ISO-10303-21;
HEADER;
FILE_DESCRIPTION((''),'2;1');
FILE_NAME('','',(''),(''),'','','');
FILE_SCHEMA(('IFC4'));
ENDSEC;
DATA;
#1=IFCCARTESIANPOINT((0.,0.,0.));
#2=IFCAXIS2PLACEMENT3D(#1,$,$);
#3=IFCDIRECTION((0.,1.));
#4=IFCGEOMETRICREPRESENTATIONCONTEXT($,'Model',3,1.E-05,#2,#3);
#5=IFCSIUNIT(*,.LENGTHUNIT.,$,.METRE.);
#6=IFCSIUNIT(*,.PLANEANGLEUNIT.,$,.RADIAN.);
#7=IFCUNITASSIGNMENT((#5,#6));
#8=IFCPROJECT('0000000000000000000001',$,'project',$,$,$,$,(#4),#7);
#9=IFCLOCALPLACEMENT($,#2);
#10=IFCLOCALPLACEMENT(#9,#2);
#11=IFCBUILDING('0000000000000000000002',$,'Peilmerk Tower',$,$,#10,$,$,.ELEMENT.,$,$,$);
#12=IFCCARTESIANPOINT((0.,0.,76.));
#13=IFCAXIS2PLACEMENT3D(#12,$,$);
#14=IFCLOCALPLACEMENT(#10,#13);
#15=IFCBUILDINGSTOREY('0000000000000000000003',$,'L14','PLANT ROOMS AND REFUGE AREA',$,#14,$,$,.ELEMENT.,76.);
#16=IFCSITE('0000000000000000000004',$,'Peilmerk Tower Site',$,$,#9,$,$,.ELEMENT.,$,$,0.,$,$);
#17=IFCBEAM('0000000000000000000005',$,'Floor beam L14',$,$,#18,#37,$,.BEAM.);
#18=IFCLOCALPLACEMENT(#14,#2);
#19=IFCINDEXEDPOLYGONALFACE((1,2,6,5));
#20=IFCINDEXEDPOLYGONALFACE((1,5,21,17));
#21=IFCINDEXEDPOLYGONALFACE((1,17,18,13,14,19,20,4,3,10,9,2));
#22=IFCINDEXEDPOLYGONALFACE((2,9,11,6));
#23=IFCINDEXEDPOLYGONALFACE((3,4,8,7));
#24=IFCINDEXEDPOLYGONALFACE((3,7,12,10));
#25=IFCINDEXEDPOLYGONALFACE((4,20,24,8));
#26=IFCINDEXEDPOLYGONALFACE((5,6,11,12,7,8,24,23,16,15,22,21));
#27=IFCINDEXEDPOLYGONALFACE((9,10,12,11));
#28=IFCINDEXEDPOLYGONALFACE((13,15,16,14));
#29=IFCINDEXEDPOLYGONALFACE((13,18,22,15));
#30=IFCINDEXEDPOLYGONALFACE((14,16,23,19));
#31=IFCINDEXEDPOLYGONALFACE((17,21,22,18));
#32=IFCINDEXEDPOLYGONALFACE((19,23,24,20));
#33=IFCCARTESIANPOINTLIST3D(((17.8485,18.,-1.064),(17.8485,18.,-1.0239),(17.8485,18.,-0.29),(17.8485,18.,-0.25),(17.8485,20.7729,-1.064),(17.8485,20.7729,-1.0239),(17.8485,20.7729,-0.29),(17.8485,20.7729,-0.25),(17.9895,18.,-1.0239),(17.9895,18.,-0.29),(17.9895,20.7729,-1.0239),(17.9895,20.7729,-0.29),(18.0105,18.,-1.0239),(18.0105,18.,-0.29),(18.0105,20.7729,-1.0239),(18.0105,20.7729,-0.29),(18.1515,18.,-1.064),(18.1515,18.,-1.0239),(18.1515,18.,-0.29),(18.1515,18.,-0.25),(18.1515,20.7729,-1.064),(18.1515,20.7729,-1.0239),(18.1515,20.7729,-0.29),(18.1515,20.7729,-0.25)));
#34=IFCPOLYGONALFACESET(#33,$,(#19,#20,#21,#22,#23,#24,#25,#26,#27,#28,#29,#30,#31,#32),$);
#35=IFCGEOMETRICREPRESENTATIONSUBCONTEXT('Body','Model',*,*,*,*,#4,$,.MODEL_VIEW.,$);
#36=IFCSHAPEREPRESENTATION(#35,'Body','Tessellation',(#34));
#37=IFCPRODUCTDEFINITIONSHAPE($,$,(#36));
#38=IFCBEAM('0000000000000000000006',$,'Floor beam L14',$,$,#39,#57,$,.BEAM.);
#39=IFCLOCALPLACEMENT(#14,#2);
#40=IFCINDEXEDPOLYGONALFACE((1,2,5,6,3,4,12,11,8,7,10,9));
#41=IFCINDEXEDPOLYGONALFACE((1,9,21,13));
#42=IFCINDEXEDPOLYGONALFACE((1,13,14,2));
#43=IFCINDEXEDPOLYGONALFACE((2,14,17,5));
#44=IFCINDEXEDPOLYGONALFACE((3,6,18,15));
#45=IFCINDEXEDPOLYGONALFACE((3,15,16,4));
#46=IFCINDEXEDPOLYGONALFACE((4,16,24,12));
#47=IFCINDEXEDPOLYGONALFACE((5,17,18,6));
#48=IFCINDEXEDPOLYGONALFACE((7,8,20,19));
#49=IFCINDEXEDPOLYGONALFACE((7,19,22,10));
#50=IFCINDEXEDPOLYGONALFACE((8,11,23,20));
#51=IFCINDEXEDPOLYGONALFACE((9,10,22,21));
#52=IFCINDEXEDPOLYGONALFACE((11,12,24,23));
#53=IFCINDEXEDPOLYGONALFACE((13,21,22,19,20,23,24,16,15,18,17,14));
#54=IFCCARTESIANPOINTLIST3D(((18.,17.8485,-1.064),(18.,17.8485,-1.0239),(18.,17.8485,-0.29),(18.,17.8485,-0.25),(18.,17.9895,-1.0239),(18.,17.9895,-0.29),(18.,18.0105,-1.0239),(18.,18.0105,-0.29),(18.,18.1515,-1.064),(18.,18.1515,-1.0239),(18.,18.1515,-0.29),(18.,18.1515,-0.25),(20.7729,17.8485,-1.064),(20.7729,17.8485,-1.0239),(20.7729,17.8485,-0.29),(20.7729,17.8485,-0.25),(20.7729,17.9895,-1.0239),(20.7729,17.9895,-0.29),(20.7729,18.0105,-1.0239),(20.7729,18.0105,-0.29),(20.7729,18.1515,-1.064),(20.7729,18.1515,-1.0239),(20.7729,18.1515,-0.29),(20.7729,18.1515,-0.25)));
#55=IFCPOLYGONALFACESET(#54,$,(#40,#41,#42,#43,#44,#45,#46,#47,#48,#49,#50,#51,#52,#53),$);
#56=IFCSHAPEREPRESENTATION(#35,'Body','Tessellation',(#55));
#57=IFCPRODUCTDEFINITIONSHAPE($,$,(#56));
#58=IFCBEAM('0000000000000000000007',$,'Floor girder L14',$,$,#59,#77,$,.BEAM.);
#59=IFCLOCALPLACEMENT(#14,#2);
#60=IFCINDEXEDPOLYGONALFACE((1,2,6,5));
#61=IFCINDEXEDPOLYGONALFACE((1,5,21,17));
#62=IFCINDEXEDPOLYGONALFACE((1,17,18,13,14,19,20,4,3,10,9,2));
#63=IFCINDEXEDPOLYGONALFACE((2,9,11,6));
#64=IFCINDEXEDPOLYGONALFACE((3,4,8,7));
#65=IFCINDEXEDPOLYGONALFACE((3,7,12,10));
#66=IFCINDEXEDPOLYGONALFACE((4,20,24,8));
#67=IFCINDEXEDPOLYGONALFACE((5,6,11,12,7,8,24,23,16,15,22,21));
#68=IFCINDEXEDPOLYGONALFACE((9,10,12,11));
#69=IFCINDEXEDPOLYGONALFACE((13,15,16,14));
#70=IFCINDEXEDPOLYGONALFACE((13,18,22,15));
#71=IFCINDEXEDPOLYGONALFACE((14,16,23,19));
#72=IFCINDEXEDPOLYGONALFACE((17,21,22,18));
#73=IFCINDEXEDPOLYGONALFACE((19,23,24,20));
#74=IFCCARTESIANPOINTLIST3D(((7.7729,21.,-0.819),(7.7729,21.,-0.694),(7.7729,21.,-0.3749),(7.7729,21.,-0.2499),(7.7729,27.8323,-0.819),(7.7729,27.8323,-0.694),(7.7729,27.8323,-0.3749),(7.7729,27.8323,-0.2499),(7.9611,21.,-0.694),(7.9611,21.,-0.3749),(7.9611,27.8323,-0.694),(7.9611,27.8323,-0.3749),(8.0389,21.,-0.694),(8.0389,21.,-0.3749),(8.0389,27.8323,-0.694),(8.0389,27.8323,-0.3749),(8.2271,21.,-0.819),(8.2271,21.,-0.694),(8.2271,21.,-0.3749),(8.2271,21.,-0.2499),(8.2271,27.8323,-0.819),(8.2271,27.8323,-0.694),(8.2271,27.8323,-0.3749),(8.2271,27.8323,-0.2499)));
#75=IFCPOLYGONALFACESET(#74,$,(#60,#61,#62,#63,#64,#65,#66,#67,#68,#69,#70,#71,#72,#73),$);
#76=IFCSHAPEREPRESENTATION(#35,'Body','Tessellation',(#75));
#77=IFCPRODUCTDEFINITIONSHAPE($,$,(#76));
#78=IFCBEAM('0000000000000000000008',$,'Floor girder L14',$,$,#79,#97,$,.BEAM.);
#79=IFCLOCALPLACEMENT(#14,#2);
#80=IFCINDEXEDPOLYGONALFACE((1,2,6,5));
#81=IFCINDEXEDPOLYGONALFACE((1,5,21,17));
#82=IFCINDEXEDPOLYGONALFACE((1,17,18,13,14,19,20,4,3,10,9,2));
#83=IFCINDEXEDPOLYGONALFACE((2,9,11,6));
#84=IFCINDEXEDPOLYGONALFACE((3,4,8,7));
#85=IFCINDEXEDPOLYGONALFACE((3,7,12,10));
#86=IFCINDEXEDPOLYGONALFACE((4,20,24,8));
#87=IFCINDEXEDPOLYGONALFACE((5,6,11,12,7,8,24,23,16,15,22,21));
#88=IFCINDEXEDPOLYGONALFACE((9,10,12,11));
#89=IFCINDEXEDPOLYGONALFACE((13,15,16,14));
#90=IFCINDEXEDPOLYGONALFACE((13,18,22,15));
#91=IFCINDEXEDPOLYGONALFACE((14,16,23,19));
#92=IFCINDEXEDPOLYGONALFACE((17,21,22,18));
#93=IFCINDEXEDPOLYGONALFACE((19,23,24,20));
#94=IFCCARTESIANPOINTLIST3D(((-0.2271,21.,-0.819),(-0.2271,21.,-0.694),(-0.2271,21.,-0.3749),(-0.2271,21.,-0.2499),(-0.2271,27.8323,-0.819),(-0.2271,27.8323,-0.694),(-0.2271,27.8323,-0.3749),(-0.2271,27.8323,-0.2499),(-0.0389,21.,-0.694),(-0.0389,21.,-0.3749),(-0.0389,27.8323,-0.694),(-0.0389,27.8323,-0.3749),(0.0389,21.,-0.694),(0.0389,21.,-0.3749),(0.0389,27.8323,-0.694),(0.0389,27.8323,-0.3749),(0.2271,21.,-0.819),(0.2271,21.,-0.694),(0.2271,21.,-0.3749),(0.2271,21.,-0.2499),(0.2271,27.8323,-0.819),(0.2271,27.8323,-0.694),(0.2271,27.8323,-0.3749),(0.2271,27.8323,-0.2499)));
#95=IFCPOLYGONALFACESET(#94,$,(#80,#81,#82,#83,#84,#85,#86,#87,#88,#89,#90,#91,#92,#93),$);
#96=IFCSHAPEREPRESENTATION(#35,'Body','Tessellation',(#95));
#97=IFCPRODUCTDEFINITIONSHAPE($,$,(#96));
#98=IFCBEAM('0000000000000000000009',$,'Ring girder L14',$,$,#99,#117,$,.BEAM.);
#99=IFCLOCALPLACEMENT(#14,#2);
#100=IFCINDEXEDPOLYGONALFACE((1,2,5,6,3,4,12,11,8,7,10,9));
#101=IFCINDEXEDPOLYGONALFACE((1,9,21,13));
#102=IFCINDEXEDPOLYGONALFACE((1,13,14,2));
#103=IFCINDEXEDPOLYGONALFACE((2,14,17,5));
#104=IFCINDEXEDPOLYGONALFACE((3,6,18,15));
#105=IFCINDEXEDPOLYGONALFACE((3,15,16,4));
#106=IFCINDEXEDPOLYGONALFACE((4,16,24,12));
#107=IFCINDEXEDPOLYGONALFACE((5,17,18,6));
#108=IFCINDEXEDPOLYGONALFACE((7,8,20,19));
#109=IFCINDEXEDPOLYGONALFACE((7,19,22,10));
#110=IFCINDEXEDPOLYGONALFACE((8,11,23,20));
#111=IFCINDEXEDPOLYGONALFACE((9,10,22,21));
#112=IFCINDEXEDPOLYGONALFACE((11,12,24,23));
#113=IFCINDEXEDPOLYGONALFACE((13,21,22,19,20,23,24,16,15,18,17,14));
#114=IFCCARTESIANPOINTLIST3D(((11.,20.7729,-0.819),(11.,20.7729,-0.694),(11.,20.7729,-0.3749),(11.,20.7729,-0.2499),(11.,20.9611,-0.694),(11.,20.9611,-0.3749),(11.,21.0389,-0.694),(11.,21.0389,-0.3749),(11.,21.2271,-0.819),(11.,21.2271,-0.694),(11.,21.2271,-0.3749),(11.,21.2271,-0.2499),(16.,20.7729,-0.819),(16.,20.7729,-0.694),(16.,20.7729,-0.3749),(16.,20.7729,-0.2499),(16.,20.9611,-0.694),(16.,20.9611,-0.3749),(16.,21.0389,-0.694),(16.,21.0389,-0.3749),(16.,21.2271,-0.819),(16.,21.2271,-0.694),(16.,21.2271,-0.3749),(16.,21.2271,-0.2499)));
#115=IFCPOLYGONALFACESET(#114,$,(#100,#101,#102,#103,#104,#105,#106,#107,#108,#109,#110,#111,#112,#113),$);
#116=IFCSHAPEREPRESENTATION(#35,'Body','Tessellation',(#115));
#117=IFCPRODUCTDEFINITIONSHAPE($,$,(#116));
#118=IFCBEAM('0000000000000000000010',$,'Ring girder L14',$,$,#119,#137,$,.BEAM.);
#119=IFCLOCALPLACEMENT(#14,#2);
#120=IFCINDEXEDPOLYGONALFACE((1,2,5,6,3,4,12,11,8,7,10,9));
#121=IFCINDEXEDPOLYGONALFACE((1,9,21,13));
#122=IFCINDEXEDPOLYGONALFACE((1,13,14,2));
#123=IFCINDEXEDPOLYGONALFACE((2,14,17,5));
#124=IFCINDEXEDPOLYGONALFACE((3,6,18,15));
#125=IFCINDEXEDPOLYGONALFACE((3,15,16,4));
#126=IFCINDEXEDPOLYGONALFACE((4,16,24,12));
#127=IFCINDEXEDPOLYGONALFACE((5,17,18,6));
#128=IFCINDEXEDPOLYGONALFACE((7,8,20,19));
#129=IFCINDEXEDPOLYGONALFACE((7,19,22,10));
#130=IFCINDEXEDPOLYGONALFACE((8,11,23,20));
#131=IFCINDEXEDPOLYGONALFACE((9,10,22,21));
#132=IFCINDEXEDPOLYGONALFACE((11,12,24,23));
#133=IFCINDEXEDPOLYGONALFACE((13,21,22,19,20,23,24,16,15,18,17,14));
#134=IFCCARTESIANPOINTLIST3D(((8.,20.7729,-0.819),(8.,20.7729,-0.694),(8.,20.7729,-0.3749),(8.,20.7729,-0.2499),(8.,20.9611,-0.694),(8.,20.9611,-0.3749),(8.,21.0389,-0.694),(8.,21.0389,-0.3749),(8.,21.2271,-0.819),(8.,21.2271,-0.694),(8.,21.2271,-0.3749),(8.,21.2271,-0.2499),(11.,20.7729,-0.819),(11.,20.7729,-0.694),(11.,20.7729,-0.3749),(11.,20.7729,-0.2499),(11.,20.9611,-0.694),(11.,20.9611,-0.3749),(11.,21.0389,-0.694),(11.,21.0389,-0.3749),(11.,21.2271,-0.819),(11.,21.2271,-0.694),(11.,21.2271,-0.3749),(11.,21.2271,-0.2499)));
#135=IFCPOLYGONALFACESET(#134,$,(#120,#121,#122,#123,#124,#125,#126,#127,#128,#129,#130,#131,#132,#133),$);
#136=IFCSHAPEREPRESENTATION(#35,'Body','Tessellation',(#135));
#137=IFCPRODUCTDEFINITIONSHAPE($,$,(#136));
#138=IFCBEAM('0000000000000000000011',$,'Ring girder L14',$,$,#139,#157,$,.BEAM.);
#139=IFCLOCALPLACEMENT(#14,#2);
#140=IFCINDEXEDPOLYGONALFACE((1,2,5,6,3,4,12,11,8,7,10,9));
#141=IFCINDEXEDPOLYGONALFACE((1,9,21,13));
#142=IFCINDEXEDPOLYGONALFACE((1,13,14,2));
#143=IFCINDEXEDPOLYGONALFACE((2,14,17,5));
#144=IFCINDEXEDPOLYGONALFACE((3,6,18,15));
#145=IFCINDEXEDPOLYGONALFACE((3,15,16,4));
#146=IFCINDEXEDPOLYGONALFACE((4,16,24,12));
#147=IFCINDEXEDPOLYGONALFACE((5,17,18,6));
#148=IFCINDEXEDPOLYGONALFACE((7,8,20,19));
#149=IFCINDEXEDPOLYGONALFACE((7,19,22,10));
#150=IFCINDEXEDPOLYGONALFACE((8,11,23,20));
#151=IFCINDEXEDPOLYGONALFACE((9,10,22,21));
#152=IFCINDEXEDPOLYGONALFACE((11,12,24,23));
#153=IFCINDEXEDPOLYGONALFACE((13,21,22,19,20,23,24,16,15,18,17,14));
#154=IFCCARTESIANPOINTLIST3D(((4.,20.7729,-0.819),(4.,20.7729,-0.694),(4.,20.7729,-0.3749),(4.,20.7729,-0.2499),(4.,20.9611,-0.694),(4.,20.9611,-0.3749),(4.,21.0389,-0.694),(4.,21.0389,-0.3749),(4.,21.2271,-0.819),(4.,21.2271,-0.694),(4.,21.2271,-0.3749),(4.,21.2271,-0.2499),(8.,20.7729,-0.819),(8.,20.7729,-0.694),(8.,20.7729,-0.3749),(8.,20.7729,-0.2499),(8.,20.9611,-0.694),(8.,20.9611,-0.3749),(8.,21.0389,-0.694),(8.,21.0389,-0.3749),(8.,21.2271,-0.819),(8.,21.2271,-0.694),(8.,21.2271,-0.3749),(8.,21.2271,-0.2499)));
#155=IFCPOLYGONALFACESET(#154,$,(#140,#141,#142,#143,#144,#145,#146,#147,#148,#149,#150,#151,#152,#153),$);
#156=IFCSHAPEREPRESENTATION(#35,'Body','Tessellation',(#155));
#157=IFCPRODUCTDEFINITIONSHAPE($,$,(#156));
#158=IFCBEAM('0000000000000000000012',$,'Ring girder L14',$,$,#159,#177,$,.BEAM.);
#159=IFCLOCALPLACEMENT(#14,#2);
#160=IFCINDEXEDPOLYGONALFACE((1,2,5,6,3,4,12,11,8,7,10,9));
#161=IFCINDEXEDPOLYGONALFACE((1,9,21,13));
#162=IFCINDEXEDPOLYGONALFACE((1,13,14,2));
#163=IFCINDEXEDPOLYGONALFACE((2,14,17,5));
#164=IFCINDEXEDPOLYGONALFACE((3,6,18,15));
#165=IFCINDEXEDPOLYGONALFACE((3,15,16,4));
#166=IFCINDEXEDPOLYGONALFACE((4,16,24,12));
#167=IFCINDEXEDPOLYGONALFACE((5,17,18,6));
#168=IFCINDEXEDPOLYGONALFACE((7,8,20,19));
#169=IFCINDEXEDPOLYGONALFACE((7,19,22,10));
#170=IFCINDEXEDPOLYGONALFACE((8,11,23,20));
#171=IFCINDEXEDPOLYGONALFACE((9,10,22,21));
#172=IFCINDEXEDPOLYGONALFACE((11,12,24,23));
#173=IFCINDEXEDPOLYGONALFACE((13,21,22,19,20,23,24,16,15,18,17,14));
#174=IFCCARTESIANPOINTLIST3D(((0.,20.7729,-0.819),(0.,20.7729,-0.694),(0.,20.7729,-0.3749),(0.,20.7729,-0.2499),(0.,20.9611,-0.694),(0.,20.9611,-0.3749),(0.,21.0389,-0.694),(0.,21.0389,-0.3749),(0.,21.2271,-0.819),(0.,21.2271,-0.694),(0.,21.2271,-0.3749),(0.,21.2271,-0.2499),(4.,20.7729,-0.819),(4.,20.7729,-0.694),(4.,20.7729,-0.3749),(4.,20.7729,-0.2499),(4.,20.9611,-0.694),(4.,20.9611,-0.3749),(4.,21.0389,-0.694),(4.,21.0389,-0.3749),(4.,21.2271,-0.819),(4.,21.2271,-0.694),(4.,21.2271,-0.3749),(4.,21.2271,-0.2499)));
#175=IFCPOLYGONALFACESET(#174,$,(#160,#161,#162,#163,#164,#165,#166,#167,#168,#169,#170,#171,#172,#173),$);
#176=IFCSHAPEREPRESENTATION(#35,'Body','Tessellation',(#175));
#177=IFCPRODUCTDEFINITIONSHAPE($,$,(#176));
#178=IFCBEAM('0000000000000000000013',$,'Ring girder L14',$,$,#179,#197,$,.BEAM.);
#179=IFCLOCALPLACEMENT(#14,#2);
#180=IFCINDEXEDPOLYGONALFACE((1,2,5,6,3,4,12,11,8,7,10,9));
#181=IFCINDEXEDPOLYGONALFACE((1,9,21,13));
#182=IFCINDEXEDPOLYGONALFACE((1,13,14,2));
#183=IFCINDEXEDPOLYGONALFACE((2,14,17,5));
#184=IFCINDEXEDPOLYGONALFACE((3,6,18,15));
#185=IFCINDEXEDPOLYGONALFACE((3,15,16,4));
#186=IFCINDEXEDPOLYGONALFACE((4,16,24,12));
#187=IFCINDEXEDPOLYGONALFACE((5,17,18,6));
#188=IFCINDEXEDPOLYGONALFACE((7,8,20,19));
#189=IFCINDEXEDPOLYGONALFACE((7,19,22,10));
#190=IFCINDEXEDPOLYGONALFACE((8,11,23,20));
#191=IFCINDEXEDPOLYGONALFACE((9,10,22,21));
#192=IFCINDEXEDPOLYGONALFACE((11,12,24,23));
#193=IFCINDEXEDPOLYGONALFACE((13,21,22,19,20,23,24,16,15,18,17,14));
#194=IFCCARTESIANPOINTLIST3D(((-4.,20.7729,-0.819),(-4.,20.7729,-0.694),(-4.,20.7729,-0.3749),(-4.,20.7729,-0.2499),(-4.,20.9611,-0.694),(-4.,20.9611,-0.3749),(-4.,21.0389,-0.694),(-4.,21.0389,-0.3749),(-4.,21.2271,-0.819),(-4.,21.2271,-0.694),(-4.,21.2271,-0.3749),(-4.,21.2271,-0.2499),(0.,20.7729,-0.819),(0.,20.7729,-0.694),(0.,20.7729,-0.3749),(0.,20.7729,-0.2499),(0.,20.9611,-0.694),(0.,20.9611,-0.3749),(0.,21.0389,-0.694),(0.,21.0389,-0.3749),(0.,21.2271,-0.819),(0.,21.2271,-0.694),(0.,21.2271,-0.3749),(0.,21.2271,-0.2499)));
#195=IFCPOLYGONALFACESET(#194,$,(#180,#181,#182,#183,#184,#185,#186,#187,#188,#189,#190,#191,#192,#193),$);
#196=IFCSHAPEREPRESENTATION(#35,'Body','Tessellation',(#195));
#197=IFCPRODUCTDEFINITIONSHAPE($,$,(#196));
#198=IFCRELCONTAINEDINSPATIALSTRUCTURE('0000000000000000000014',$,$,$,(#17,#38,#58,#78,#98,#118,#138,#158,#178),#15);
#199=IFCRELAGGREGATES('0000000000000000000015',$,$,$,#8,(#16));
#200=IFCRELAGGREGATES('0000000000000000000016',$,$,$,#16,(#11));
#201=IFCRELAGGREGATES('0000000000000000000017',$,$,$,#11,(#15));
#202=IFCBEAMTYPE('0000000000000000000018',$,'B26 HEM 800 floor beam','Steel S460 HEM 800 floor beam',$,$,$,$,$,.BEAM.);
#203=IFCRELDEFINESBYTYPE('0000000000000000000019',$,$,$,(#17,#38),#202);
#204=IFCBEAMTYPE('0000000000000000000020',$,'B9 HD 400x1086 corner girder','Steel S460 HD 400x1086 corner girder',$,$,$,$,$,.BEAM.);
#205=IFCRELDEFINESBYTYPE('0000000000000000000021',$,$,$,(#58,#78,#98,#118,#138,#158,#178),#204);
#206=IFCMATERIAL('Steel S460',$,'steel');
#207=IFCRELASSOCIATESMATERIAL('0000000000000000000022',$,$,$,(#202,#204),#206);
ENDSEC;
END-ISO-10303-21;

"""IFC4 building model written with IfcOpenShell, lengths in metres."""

from ifc_helpers import new_model, si_unit, direction, frame, origin, origin_2d, place, context, subcontext, project, spatial, i_section, extrude, material, material_profile, profile_set, type_object, element, save


model = new_model("IFC4")

# Units and contexts
model_context = context("Model", 3, precision=1e-05, world=origin(), true_north=direction((0.0, 1.0)))
body_context = subcontext(model_context, "Body", "Model", "MODEL_VIEW")
ifc_project = project(units=[si_unit("LENGTHUNIT", "METRE"), si_unit("PLANEANGLEUNIT", "RADIAN")], contexts=[model_context])

# Site, building, storey
site_placement = place(None, origin())
site = spatial("IfcSite", under=ifc_project, at=site_placement, Name="Peilmerk Tower Site", CompositionType="ELEMENT", RefElevation=0.0)
building_placement = place(site_placement, origin())
building = spatial("IfcBuilding", under=site, at=building_placement, Name="Peilmerk Tower", CompositionType="ELEMENT")
storey_placement = place(building_placement, frame((0.0, 0.0, 76.0)))
storey = spatial("IfcBuildingStorey", under=building, at=storey_placement, Name="L14", Description="PLANT ROOMS AND REFUGE AREA", CompositionType="ELEMENT", Elevation=76.0)

# Shared definitions
ifc_material_1 = material(Name="Steel S460", Category="steel")

# Beams
ifc_material_profile_1 = material_profile(ifc_material_1, i_section(OverallWidth=0.303, OverallDepth=0.814, WebThickness=0.021, FlangeThickness=0.04, at=origin_2d()), Name="HEM 800")
ifc_profile_set_1 = profile_set([ifc_material_profile_1], Name="Steel S460")
beam_type_1 = type_object("IfcBeamType", Name="B26 HEM 800 floor beam", Description="Steel S460 HEM 800 floor beam", PredefinedType="BEAM", material=ifc_profile_set_1)
for number, where, z_axis, x_axis, name in (
    (1, (18.0, 18.0, -0.657), (0.0, 1.0, 0.0), (-1.0, 0.0, 0.0), "Floor beam L14"),
    (2, (18.0, 18.0, -0.657), (1.0, 0.0, 0.0), (0.0, 1.0, 0.0), "Floor beam L14"),
):
    element("IfcBeam", number, at=place(storey_placement, frame(where, z_axis=z_axis, x_axis=x_axis)), inside=storey, type_object=beam_type_1, Name=name, PredefinedType="BEAM", context=body_context, shape_type="SweptSolid", body=[
        extrude(i_section(OverallWidth=0.303, OverallDepth=0.814, WebThickness=0.021, FlangeThickness=0.04, at=origin_2d()), origin(), (0.0, 0.0, 1.0), 2.7729),
    ])
ifc_material_profile_2 = material_profile(ifc_material_1, i_section(OverallWidth=0.4541, OverallDepth=0.5691, WebThickness=0.0779, FlangeThickness=0.125, at=origin_2d()), Name="HD 400x1086")
ifc_profile_set_2 = profile_set([ifc_material_profile_2], Name="Steel S460")
beam_type_2 = type_object("IfcBeamType", Name="B9 HD 400x1086 corner girder", Description="Steel S460 HD 400x1086 corner girder", PredefinedType="BEAM", material=ifc_profile_set_2)
for number, where, z_axis, x_axis, name in (
    (3, (8.0, 21.0, -0.5344), (0.0, 1.0, 0.0), (-1.0, 0.0, 0.0), "Floor girder L14"),
    (4, (0.0, 21.0, -0.5344), (0.0, 1.0, 0.0), (-1.0, 0.0, 0.0), "Floor girder L14"),
):
    element("IfcBeam", number, at=place(storey_placement, frame(where, z_axis=z_axis, x_axis=x_axis)), inside=storey, type_object=beam_type_2, Name=name, PredefinedType="BEAM", context=body_context, shape_type="SweptSolid", body=[
        extrude(i_section(OverallWidth=0.4541, OverallDepth=0.5691, WebThickness=0.0779, FlangeThickness=0.125, at=origin_2d()), origin(), (0.0, 0.0, 1.0), 6.8323),
    ])
beam_1_placement = place(storey_placement, frame((16.0, 21.0, -0.5344), z_axis=(-1.0, 0.0, 0.0), x_axis=(0.0, -1.0, 0.0)))
element("IfcBeam", 5, at=beam_1_placement, inside=storey, type_object=beam_type_2, Name="Ring girder L14", PredefinedType="BEAM", context=body_context, shape_type="SweptSolid", body=[
    extrude(i_section(OverallWidth=0.4541, OverallDepth=0.5691, WebThickness=0.0779, FlangeThickness=0.125, at=origin_2d()), origin(), (0.0, 0.0, 1.0), 5.0),
])
beam_2_placement = place(storey_placement, frame((11.0, 21.0, -0.5344), z_axis=(-1.0, 0.0, 0.0), x_axis=(0.0, -1.0, 0.0)))
element("IfcBeam", 6, at=beam_2_placement, inside=storey, type_object=beam_type_2, Name="Ring girder L14", PredefinedType="BEAM", context=body_context, shape_type="SweptSolid", body=[
    extrude(i_section(OverallWidth=0.4541, OverallDepth=0.5691, WebThickness=0.0779, FlangeThickness=0.125, at=origin_2d()), origin(), (0.0, 0.0, 1.0), 3.0),
])
for number, where, z_axis, x_axis, name in (
    (7, (8.0, 21.0, -0.5344), (-1.0, 0.0, 0.0), (0.0, -1.0, 0.0), "Ring girder L14"),
    (8, (4.0, 21.0, -0.5344), (-1.0, 0.0, 0.0), (0.0, -1.0, 0.0), "Ring girder L14"),
    (9, (0.0, 21.0, -0.5344), (-1.0, 0.0, 0.0), (0.0, -1.0, 0.0), "Ring girder L14"),
):
    element("IfcBeam", number, at=place(storey_placement, frame(where, z_axis=z_axis, x_axis=x_axis)), inside=storey, type_object=beam_type_2, Name=name, PredefinedType="BEAM", context=body_context, shape_type="SweptSolid", body=[
        extrude(i_section(OverallWidth=0.4541, OverallDepth=0.5691, WebThickness=0.0779, FlangeThickness=0.125, at=origin_2d()), origin(), (0.0, 0.0, 1.0), 4.0),
    ])

save(model, "model.ifc")
